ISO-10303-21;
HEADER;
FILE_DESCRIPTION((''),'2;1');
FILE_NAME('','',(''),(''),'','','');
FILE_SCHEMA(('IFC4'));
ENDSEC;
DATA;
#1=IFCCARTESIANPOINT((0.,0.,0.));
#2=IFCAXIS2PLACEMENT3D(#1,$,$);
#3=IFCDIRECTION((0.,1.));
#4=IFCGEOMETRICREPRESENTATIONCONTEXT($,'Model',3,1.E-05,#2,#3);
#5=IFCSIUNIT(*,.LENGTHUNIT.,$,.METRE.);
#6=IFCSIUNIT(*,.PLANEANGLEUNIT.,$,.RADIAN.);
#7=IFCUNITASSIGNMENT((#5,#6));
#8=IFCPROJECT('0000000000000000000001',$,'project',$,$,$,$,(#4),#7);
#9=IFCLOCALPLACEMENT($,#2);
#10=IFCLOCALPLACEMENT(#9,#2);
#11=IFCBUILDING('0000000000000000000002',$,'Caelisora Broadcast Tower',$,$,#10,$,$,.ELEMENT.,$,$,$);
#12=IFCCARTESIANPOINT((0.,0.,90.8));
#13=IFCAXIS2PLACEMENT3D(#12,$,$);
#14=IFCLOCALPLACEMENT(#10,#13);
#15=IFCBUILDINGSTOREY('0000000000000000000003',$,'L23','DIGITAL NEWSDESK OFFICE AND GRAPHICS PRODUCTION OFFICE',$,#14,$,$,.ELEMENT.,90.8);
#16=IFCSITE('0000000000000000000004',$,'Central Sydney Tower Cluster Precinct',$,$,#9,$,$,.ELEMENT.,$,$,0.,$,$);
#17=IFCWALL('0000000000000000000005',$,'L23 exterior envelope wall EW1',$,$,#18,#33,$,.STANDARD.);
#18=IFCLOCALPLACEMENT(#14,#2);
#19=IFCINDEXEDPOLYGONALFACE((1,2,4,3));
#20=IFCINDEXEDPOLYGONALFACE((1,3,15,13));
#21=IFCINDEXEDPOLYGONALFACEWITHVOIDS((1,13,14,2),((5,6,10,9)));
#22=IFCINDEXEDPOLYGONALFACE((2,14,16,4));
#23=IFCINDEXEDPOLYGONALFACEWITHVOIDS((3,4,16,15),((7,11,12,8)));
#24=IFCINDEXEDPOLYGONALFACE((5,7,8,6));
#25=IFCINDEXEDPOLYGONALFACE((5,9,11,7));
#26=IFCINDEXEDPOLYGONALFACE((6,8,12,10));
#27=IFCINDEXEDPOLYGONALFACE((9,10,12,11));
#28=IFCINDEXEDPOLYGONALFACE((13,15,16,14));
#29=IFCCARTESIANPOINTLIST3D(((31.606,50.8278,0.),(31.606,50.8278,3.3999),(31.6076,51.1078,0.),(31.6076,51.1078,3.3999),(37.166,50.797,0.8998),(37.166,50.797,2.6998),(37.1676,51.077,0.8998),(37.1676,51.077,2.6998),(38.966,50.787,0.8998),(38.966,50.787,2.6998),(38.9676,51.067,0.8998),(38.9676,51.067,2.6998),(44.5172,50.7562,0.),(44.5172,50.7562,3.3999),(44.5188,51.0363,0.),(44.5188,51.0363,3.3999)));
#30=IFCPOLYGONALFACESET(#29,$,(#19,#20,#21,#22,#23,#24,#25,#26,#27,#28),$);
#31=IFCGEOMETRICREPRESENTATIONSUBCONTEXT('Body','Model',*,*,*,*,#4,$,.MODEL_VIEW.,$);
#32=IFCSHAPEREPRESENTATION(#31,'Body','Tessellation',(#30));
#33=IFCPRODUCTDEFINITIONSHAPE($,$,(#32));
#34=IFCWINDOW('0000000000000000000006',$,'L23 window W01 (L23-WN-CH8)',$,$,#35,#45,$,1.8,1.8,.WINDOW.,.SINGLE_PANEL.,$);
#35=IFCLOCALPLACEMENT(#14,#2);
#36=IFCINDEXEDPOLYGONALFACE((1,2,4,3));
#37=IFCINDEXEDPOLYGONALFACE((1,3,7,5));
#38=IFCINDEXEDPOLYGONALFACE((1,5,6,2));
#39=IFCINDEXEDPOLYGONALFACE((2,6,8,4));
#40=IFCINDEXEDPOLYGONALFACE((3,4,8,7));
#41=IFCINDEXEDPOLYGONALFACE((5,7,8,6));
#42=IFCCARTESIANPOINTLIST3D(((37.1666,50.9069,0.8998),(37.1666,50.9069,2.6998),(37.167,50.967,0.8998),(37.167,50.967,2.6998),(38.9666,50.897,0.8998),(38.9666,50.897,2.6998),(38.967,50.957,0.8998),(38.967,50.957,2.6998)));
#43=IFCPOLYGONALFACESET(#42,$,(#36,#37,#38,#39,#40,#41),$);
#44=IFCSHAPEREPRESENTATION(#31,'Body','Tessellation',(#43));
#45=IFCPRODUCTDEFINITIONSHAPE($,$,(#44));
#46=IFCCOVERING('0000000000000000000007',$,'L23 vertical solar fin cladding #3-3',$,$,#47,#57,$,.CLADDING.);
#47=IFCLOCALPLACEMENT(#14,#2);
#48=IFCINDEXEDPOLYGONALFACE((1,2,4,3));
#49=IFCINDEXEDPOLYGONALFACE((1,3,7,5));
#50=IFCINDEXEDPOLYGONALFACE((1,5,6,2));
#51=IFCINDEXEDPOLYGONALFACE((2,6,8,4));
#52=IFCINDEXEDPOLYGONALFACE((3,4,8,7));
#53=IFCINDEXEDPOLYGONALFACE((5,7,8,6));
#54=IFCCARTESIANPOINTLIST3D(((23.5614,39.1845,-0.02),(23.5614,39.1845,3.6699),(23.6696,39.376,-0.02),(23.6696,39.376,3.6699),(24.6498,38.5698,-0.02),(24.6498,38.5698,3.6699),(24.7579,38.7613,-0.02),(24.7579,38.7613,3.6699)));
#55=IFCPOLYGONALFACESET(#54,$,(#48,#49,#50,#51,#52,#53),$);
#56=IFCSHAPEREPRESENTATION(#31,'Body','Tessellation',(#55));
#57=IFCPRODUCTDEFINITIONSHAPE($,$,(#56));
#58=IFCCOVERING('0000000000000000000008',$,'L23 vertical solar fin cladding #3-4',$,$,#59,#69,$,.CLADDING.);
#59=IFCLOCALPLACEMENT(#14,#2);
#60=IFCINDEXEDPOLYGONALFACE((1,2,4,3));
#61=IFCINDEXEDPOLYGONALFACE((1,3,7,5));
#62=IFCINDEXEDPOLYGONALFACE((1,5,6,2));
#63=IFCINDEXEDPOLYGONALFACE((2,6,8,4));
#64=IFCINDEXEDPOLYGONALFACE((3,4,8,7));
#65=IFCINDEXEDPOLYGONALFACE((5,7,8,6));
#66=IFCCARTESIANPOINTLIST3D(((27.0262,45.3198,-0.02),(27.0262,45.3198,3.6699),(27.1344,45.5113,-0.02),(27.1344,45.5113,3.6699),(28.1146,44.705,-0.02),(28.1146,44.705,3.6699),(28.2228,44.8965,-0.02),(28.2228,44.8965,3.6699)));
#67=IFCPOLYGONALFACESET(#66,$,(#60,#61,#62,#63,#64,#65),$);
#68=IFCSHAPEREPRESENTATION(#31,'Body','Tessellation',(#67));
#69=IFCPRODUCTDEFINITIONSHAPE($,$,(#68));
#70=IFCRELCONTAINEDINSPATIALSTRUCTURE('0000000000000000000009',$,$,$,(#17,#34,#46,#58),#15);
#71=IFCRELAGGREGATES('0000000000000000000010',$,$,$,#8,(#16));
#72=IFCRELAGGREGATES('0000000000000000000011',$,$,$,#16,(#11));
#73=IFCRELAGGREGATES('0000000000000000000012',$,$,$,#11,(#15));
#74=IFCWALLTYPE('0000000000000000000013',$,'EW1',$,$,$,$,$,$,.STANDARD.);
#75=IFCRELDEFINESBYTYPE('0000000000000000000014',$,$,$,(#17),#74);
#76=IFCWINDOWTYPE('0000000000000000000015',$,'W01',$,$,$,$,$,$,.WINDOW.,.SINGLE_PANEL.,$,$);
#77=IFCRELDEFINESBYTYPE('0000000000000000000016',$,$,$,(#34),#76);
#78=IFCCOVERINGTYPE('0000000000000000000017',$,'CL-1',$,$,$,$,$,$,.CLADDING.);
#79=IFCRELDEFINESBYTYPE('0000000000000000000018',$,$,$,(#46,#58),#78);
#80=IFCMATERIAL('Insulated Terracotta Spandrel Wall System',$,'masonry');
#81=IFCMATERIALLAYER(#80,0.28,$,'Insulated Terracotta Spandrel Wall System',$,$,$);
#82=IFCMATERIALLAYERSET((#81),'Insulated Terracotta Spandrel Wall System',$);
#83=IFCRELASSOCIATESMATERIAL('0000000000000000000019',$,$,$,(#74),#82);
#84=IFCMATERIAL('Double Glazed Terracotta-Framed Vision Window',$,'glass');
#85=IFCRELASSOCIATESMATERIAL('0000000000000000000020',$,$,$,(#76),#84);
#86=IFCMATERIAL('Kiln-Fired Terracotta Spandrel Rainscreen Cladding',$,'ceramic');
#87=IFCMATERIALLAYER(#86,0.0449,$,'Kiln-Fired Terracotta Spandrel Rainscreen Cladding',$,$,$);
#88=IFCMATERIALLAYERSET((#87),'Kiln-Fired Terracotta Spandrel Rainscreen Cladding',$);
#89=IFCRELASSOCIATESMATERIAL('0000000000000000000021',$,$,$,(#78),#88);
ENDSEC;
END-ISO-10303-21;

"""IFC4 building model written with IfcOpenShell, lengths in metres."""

from ifc_helpers import new_model, si_unit, direction, frame, frame_2d, origin, origin_2d, place, context, subcontext, project, spatial, rectangle, extrude, source, transform, mapped, material, layer, layer_set, type_object, type_shapes, element, fill, save


model = new_model("IFC4")

# Units and contexts
model_context = context("Model", 3, precision=1e-05, world=origin(), true_north=direction((0.0, 1.0)))
body_context = subcontext(model_context, "Body", "Model", "MODEL_VIEW")
ifc_project = project(units=[si_unit("LENGTHUNIT", "METRE"), si_unit("PLANEANGLEUNIT", "RADIAN")], contexts=[model_context])

# Site, building, storey
site_placement = place(None, origin())
site = spatial("IfcSite", under=ifc_project, at=site_placement, Name="Central Sydney Tower Cluster Precinct", CompositionType="ELEMENT", RefElevation=0.0)
building_placement = place(site_placement, origin())
building = spatial("IfcBuilding", under=site, at=building_placement, Name="Caelisora Broadcast Tower", CompositionType="ELEMENT")
storey_placement = place(building_placement, frame((0.0, 0.0, 90.8)))
storey = spatial("IfcBuildingStorey", under=building, at=storey_placement, Name="L23", Description="DIGITAL NEWSDESK OFFICE AND GRAPHICS PRODUCTION OFFICE", CompositionType="ELEMENT", Elevation=90.8)

# Wall, opening, window
ifc_material_1 = material(Name="Insulated Terracotta Spandrel Wall System", Category="masonry")
ifc_layer_1 = layer(ifc_material_1, 0.28, Name="Insulated Terracotta Spandrel Wall System")
ifc_layer_set_1 = layer_set([ifc_layer_1], Name="Insulated Terracotta Spandrel Wall System")
wall_type = type_object("IfcWallType", Name="EW1", PredefinedType="STANDARD", material=ifc_layer_set_1)
wall_placement = place(storey_placement, frame((31.6069, 50.9678, 0.0), z_axis=(0.0, 0.0, 1.0), x_axis=(0.999985, -0.00554, 0.0)))
wall = element("IfcWall", 1, at=wall_placement, inside=storey, type_object=wall_type, Name="L23 exterior envelope wall EW1", PredefinedType="STANDARD", context=body_context, shape_type="SweptSolid", body=[
    extrude(rectangle(XDim=12.9114, YDim=0.28, at=frame_2d((6.4556, 0.0))), origin(), (0.0, 0.0, 1.0), 3.3999),
])
opening_placement = place(wall_placement, frame((5.5601, 0.0, 0.8999)))
opening = element("IfcOpeningElement", 2, at=opening_placement, cuts=wall, PredefinedType="OPENING", context=body_context, shape_type="SweptSolid", body=[
    extrude(rectangle(XDim=1.8, YDim=1.8, at=frame_2d((0.8999, 0.8999))), frame((0.0, 0.1521, 0.0), z_axis=(0.0, -1.0, 0.0), x_axis=(1.0, 0.0, 0.0)), (0.0, 0.0, 1.0), 0.304),
])
ifc_material_2 = material(Name="Double Glazed Terracotta-Framed Vision Window", Category="glass")
window_type = type_object("IfcWindowType", Name="W01", PartitioningType="SINGLE_PANEL", PredefinedType="WINDOW", material=ifc_material_2)
window_placement = place(opening_placement, origin())
window = element("IfcWindow", 3, at=window_placement, inside=storey, type_object=window_type, Name="L23 window W01 (L23-WN-CH8)", OverallHeight=1.8, OverallWidth=1.8, PartitioningType="SINGLE_PANEL", PredefinedType="WINDOW", context=body_context, shape_type="SweptSolid", body=[
    extrude(rectangle(XDim=1.8, YDim=1.8, at=frame_2d((0.8999, 0.8999))), frame((0.0, 0.03, 0.0), z_axis=(0.0, -1.0, 0.0), x_axis=(1.0, 0.0, 0.0)), (0.0, 0.0, 1.0), 0.0601),
])
fill(opening, window)

# Coverings
ifc_material_3 = material(Name="Kiln-Fired Terracotta Spandrel Rainscreen Cladding", Category="ceramic")
ifc_layer_2 = layer(ifc_material_3, 0.0449, Name="Kiln-Fired Terracotta Spandrel Rainscreen Cladding")
ifc_layer_set_2 = layer_set([ifc_layer_2], Name="Kiln-Fired Terracotta Spandrel Rainscreen Cladding")
covering_type = type_object("IfcCoveringType", Name="CL-1", PredefinedType="CLADDING", material=ifc_layer_set_2)
shared_shape_1 = source(origin(), body_context, "Body", "SweptSolid", [
    extrude(rectangle(XDim=0.22, YDim=1.25, at=origin_2d()), origin(), (0.0, 0.0, 1.0), 3.6899),
])
type_shapes(covering_type, [shared_shape_1])
for number, where, z_axis, x_axis, name in (
    (4, (24.1597, 38.9729, -0.02), (0.0, 0.0, 1.0), (0.491816, 0.870699, 0.0), "L23 vertical solar fin cladding #3-3"),
    (5, (27.6245, 45.1082, -0.02), (0.0, 0.0, 1.0), (0.491816, 0.870699, 0.0), "L23 vertical solar fin cladding #3-4"),
):
    element("IfcCovering", number, at=place(storey_placement, frame(where, z_axis=z_axis, x_axis=x_axis)), inside=storey, type_object=covering_type, Name=name, PredefinedType="CLADDING", context=body_context, shape_type="MappedRepresentation", body=[
        mapped(shared_shape_1, transform((0.0, 0.0, 0.0), scale=1.0)),
    ])

save(model, "model.ifc")
